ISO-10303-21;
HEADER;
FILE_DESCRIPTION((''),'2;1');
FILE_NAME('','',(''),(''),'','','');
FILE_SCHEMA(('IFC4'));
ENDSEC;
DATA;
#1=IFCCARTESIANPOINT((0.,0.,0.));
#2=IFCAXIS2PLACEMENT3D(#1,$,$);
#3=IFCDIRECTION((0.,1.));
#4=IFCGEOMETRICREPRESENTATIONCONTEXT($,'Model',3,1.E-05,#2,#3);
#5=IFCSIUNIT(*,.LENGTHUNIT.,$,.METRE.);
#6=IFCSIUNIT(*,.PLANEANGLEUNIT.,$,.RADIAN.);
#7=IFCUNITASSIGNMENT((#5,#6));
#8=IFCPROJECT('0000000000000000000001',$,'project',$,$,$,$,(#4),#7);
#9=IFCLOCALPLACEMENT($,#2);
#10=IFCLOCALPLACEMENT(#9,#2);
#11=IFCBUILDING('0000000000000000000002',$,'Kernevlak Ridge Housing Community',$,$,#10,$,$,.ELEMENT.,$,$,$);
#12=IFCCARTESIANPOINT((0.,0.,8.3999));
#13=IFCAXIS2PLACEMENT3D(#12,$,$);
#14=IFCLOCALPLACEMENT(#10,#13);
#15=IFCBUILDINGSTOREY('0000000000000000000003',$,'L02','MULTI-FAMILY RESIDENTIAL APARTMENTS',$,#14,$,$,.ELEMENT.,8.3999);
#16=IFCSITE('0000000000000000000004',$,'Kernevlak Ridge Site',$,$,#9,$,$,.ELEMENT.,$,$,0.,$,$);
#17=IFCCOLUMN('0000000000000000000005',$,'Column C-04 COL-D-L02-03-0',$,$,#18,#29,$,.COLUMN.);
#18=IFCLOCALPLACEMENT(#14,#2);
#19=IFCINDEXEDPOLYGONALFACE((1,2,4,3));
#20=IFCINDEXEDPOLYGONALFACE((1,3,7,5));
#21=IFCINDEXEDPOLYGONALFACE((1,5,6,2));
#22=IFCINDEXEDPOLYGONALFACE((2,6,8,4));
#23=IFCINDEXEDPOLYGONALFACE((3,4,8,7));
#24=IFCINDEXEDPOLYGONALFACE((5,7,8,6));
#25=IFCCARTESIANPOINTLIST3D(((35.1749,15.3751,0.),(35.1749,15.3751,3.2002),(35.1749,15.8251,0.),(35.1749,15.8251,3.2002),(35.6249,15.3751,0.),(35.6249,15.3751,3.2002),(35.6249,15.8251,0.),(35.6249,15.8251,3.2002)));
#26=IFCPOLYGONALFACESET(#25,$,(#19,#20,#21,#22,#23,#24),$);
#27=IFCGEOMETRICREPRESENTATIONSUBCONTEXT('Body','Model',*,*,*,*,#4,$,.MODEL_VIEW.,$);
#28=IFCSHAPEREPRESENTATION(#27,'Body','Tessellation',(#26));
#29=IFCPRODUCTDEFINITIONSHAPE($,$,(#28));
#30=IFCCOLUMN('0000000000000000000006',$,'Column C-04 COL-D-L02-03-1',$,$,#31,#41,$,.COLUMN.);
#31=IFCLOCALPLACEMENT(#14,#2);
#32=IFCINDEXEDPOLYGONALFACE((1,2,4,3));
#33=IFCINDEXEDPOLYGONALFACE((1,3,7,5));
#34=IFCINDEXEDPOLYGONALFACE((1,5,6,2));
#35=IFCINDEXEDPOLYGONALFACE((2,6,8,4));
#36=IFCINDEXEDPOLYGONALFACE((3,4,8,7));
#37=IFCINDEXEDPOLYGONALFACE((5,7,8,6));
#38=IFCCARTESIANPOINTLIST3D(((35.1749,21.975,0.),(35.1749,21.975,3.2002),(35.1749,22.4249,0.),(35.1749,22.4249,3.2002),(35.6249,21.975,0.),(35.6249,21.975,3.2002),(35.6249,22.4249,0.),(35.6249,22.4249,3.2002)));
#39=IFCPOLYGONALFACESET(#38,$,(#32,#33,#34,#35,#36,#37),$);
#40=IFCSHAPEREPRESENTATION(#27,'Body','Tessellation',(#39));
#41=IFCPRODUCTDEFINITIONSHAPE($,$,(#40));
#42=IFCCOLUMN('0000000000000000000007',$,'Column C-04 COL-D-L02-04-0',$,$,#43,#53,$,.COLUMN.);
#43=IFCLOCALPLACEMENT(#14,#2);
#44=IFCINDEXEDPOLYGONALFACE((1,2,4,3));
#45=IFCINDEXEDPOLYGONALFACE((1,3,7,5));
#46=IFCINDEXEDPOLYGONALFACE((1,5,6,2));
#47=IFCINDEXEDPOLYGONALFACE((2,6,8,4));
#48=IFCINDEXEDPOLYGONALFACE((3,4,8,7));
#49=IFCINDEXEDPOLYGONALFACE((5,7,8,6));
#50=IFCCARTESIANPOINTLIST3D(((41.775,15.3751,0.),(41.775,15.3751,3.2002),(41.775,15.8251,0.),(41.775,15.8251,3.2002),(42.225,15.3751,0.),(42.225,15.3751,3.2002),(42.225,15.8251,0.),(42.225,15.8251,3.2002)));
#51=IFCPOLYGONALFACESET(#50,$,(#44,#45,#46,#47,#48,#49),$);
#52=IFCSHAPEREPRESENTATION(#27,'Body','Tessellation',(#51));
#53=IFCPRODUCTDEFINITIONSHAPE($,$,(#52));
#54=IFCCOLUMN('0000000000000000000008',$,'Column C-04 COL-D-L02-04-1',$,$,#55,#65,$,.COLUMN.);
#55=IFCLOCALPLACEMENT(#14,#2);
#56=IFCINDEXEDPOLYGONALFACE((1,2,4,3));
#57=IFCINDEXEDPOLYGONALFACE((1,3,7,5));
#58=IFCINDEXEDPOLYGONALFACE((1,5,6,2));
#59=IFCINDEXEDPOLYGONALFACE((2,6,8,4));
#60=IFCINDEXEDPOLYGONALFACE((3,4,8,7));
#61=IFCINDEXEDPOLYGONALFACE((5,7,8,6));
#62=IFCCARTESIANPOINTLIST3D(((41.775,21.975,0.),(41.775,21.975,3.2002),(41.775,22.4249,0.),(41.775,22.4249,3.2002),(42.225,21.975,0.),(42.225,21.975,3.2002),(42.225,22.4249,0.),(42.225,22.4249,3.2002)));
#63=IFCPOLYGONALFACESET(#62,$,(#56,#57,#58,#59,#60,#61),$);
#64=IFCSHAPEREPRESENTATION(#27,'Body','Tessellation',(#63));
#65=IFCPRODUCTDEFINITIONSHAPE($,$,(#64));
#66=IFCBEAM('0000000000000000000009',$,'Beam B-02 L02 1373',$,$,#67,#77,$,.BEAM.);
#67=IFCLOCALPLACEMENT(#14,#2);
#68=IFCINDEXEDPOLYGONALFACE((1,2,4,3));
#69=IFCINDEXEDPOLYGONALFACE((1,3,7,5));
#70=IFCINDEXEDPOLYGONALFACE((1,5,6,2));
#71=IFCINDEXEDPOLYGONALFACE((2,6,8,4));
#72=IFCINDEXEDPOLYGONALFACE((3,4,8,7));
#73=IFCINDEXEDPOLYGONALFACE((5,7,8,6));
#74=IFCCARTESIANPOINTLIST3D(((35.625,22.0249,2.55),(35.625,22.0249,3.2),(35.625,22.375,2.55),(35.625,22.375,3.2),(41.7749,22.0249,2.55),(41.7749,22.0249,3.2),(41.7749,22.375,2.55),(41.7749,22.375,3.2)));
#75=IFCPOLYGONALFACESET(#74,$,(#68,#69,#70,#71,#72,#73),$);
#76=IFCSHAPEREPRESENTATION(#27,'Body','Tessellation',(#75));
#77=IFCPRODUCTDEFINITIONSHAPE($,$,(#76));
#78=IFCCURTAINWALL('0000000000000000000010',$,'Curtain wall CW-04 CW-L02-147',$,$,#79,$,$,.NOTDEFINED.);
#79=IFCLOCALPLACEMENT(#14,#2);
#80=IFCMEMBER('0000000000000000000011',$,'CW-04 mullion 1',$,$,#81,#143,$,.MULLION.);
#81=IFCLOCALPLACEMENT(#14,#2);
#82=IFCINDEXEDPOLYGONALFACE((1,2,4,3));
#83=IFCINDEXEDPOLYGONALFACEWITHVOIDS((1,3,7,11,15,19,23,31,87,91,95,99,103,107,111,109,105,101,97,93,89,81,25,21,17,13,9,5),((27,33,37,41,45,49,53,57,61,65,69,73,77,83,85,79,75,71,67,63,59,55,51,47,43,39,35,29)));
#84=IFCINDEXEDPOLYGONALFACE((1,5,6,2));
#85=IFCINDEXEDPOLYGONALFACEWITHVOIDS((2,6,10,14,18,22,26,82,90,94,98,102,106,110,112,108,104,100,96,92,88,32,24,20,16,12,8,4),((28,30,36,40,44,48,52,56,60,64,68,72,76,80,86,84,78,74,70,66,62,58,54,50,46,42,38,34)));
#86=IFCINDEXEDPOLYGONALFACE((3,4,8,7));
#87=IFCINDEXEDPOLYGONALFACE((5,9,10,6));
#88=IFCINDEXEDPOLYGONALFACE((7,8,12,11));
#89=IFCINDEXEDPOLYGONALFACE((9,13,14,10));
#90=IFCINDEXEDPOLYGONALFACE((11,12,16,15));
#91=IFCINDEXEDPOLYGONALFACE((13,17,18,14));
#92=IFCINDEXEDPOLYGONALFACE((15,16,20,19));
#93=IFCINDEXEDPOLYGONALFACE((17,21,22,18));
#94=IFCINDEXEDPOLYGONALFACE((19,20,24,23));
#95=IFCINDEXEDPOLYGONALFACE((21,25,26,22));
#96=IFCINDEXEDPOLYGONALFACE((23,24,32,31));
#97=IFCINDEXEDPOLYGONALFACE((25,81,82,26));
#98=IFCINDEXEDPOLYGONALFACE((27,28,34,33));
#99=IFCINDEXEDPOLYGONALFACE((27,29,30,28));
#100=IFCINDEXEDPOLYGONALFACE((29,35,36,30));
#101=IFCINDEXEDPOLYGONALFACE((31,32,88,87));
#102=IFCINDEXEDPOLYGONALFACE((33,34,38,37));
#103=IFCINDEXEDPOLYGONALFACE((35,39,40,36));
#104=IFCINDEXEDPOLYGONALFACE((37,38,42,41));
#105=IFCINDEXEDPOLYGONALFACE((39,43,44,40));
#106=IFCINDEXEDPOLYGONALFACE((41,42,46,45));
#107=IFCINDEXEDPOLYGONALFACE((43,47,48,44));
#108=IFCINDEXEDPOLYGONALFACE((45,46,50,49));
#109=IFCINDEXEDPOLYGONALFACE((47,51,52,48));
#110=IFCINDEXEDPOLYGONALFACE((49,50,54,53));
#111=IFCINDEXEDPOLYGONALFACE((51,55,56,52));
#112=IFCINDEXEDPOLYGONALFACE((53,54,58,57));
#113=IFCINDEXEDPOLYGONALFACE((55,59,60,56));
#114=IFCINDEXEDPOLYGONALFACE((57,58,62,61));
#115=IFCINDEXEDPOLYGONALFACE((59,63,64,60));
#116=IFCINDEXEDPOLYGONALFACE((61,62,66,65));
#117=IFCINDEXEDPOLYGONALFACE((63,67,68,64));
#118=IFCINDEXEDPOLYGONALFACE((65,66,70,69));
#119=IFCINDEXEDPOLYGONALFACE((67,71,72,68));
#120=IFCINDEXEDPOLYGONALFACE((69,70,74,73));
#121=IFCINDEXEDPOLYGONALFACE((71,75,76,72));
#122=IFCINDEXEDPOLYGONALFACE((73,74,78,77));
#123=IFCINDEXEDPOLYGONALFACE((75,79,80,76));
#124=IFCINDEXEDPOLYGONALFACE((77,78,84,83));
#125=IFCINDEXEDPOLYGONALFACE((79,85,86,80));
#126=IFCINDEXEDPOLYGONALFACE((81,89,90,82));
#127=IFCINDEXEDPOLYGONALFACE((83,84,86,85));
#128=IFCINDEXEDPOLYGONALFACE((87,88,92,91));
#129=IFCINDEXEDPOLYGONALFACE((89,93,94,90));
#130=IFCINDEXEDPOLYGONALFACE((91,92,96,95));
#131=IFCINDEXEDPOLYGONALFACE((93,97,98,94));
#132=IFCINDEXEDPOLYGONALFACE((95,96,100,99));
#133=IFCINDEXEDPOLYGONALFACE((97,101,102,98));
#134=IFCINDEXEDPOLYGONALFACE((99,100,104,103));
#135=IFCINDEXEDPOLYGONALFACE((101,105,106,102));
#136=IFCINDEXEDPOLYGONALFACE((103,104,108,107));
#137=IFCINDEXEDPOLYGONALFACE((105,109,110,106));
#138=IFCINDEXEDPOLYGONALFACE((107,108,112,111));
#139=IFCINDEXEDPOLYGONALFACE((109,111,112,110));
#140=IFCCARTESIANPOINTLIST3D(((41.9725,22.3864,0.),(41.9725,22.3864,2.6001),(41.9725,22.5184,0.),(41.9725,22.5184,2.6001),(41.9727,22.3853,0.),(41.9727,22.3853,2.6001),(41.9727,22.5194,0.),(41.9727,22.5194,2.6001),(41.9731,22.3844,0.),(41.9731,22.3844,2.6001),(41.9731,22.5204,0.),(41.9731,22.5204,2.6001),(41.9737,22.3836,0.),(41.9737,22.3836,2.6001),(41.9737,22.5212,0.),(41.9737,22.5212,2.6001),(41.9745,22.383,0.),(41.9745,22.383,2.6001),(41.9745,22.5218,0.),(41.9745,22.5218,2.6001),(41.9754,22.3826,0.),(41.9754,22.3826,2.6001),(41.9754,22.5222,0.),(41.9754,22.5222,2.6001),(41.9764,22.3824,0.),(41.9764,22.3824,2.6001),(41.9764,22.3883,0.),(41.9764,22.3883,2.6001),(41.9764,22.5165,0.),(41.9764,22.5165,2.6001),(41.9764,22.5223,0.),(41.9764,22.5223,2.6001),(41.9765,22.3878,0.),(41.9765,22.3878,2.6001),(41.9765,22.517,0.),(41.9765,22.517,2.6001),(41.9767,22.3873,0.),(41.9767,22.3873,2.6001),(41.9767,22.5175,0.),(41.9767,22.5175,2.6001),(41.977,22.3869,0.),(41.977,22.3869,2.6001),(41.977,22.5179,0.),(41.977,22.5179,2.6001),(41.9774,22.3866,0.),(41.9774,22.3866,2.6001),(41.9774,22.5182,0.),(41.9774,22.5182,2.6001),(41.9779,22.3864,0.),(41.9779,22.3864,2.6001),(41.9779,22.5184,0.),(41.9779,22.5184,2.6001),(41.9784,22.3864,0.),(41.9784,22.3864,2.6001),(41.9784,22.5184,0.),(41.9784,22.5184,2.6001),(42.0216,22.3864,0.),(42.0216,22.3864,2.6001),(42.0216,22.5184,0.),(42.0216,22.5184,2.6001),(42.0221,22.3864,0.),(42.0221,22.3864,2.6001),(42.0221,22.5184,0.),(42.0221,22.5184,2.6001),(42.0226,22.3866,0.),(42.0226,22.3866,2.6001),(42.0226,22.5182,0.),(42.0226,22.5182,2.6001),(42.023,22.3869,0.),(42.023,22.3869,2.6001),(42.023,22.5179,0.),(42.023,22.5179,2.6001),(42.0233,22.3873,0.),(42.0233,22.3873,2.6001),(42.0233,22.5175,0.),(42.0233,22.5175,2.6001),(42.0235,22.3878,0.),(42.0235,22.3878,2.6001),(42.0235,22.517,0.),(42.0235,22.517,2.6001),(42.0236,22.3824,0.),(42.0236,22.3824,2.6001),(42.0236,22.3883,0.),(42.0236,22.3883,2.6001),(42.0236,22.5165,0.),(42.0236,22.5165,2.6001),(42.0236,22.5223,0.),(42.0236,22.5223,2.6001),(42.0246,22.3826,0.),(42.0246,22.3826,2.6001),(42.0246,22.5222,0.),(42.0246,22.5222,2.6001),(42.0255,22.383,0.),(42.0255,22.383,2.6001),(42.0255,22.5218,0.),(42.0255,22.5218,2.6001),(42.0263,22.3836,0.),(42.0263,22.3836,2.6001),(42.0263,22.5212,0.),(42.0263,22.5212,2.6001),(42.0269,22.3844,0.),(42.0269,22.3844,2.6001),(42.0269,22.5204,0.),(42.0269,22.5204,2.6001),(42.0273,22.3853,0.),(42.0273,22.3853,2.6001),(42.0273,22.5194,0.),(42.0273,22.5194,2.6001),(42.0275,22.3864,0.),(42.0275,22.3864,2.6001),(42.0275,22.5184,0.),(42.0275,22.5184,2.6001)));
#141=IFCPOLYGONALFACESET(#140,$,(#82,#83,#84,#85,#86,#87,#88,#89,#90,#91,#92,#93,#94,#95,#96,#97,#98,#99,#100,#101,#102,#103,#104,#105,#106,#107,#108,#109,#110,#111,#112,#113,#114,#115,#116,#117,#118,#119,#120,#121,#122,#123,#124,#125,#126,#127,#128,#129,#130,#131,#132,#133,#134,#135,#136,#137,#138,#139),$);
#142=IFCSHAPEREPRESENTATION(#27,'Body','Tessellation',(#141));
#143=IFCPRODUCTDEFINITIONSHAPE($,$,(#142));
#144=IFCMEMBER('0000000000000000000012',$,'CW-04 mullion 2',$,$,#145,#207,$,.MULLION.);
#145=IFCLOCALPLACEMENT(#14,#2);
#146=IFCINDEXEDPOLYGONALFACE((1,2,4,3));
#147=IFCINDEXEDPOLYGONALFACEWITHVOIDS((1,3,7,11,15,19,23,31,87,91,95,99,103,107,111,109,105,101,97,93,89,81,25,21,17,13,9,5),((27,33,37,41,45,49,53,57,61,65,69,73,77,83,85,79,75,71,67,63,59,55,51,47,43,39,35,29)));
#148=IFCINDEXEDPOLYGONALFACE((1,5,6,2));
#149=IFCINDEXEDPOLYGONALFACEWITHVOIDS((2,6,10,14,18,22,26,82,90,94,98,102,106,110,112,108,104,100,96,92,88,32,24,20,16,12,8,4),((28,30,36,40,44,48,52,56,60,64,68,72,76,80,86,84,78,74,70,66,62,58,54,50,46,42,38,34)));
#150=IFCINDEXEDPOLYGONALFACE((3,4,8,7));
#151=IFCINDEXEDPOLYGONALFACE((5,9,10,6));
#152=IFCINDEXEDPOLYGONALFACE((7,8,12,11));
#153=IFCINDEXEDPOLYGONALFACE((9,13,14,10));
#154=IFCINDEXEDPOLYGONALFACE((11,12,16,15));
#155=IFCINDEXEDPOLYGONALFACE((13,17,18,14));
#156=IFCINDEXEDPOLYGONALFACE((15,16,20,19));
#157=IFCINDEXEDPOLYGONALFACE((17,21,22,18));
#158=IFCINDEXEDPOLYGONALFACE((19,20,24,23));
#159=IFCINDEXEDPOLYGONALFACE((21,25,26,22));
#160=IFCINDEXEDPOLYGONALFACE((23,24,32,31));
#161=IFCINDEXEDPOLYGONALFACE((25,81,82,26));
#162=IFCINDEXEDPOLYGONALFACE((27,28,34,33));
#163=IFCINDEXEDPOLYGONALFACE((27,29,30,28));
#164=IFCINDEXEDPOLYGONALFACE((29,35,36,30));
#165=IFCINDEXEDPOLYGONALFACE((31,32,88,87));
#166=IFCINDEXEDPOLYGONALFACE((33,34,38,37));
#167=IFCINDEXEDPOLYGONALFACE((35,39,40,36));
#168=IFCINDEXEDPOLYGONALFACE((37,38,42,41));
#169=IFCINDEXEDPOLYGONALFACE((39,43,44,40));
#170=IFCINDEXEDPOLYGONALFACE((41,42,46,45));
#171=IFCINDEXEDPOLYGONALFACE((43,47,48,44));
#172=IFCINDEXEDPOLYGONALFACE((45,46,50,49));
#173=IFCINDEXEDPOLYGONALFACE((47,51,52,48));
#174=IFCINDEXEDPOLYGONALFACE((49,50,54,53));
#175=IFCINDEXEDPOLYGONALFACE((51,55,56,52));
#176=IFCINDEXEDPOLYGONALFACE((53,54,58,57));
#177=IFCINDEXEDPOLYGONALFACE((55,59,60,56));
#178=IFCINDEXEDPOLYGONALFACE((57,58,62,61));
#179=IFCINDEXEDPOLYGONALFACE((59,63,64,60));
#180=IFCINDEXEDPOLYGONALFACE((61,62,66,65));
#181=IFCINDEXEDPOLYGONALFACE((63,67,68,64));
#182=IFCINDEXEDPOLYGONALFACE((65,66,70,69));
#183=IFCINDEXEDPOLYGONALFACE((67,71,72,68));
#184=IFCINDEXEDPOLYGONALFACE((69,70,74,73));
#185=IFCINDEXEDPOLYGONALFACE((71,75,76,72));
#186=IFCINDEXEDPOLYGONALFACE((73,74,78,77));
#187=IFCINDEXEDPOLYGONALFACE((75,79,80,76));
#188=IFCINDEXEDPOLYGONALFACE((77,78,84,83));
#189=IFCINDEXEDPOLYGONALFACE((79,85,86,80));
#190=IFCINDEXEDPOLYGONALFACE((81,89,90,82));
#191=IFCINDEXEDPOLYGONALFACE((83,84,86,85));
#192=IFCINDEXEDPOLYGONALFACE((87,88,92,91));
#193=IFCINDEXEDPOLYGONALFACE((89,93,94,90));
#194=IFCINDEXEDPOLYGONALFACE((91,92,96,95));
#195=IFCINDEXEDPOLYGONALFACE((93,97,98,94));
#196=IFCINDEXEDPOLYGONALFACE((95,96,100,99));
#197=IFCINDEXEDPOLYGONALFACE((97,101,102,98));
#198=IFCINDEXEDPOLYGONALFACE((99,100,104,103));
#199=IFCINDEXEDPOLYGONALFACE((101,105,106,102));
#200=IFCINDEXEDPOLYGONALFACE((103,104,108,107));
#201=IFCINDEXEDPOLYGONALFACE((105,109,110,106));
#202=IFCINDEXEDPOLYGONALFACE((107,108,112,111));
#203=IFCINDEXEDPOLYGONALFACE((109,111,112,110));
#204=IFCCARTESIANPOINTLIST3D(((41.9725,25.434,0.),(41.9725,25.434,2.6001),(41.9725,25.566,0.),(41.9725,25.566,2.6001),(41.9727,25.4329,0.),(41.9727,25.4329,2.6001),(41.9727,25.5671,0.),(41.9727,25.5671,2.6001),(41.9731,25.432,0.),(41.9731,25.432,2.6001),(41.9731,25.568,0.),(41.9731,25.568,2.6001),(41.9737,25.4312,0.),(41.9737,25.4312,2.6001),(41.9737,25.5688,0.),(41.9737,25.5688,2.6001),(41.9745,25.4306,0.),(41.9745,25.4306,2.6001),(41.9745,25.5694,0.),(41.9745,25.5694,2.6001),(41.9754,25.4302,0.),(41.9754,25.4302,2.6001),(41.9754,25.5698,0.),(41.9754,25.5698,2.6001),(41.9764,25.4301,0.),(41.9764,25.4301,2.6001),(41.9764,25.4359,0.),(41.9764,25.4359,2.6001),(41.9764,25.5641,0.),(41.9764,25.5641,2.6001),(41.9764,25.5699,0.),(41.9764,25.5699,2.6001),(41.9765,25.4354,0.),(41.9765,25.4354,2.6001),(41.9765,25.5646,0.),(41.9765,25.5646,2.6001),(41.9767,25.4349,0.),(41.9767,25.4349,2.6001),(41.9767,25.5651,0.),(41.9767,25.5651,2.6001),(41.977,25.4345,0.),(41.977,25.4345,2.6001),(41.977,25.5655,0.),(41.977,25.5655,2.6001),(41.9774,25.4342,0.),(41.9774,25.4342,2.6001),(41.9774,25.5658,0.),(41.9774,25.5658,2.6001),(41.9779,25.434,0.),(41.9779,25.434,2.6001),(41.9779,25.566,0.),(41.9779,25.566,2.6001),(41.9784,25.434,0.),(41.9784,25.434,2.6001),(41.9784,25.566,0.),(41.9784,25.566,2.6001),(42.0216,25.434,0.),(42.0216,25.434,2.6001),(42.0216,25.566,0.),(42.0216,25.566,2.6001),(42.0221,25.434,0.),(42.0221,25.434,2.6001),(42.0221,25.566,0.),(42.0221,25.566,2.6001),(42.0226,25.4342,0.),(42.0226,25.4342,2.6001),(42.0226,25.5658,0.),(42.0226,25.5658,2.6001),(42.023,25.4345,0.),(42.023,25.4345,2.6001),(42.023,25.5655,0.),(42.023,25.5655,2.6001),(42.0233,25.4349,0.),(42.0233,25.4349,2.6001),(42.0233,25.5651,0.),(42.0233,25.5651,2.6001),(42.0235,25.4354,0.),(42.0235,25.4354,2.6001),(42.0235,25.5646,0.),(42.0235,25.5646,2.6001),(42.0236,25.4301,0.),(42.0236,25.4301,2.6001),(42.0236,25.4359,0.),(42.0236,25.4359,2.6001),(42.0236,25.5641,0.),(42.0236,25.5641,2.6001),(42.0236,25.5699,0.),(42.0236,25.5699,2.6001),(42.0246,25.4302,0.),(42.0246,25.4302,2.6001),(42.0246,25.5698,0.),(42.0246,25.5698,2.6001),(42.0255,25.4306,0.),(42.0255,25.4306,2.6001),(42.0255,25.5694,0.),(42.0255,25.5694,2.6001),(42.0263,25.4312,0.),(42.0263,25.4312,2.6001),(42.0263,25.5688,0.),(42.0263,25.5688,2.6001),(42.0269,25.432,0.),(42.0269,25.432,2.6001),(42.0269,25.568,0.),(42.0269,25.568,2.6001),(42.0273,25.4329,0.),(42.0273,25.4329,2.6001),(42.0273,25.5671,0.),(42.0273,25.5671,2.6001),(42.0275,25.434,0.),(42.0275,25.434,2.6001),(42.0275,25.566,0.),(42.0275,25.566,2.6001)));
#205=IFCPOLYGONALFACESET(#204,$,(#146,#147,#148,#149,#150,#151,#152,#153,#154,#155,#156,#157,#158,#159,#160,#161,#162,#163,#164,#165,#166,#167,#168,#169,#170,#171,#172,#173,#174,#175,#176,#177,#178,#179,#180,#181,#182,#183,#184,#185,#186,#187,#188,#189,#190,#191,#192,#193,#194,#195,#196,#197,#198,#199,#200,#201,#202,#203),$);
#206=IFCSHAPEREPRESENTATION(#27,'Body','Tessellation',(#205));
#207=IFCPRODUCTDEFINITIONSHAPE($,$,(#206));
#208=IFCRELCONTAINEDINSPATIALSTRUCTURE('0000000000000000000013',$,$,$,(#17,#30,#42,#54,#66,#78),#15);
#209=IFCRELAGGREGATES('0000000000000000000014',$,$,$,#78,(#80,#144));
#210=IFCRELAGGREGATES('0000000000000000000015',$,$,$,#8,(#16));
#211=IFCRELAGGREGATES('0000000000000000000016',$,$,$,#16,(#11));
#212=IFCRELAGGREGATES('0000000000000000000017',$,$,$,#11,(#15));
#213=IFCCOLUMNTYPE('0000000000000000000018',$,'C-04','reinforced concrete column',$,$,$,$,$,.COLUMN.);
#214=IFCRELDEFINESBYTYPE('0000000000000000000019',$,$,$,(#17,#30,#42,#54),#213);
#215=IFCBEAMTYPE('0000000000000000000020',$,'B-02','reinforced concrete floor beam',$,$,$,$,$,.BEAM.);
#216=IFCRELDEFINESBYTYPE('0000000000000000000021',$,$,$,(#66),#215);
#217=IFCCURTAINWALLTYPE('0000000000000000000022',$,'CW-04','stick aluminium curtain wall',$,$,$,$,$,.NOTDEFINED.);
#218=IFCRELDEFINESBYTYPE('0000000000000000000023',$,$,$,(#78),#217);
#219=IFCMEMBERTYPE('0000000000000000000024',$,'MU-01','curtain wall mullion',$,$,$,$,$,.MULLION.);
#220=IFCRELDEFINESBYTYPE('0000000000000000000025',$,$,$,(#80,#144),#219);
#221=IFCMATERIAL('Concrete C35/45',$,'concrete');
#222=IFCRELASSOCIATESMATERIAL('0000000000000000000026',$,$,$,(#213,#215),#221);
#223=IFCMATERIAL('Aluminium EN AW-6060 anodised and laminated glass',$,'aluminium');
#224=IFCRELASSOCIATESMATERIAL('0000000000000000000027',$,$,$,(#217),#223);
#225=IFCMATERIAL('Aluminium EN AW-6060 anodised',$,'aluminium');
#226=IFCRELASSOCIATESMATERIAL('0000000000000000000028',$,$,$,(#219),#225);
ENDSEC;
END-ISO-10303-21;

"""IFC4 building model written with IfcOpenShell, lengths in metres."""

from ifc_helpers import new_model, si_unit, direction, frame, origin, origin_2d, place, context, subcontext, project, spatial, rectangle, hollow_rectangle, extrude, material, material_profile, profile_set, type_object, element, aggregate, save


model = new_model("IFC4")

# Units and contexts
model_context = context("Model", 3, precision=1e-05, world=origin(), true_north=direction((0.0, 1.0)))
body_context = subcontext(model_context, "Body", "Model", "MODEL_VIEW")
ifc_project = project(units=[si_unit("LENGTHUNIT", "METRE"), si_unit("PLANEANGLEUNIT", "RADIAN")], contexts=[model_context])

# Site, building, storey
site_placement = place(None, origin())
site = spatial("IfcSite", under=ifc_project, at=site_placement, Name="Kernevlak Ridge Site", CompositionType="ELEMENT", RefElevation=0.0)
building_placement = place(site_placement, origin())
building = spatial("IfcBuilding", under=site, at=building_placement, Name="Kernevlak Ridge Housing Community", CompositionType="ELEMENT")
storey_placement = place(building_placement, frame((0.0, 0.0, 8.3999)))
storey = spatial("IfcBuildingStorey", under=building, at=storey_placement, Name="L02", Description="MULTI-FAMILY RESIDENTIAL APARTMENTS", CompositionType="ELEMENT", Elevation=8.3999)

# Columns
ifc_material_1 = material(Name="Concrete C35/45", Category="concrete")
ifc_material_profile_1 = material_profile(ifc_material_1, rectangle(XDim=0.45, YDim=0.45, at=origin_2d()), Name="RC 450x450")
ifc_profile_set_1 = profile_set([ifc_material_profile_1], Name="Concrete C35/45")
column_type = type_object("IfcColumnType", Name="C-04", Description="reinforced concrete column", PredefinedType="COLUMN", material=ifc_profile_set_1)
for number, where, z_axis, x_axis, name in (
    (1, (35.3999, 15.6001, 0.0), (0.0, 0.0, 1.0), (1.0, 0.0, 0.0), "Column C-04 COL-D-L02-03-0"),
    (2, (35.3999, 22.2, 0.0), (0.0, 0.0, 1.0), (1.0, 0.0, 0.0), "Column C-04 COL-D-L02-03-1"),
    (3, (42.0, 15.6001, 0.0), (0.0, 0.0, 1.0), (1.0, 0.0, 0.0), "Column C-04 COL-D-L02-04-0"),
    (4, (42.0, 22.2, 0.0), (0.0, 0.0, 1.0), (1.0, 0.0, 0.0), "Column C-04 COL-D-L02-04-1"),
):
    element("IfcColumn", number, at=place(storey_placement, frame(where, z_axis=z_axis, x_axis=x_axis)), inside=storey, type_object=column_type, Name=name, PredefinedType="COLUMN", context=body_context, shape_type="SweptSolid", body=[
        extrude(rectangle(XDim=0.45, YDim=0.45, at=origin_2d()), origin(), (0.0, 0.0, 1.0), 3.2002),
    ])

# Beam
ifc_material_profile_2 = material_profile(ifc_material_1, rectangle(XDim=0.3501, YDim=0.6499, at=origin_2d()), Name="RC 350x650")
ifc_profile_set_2 = profile_set([ifc_material_profile_2], Name="Concrete C35/45")
beam_type_1 = type_object("IfcBeamType", Name="B-02", Description="reinforced concrete floor beam", PredefinedType="BEAM", material=ifc_profile_set_2)
beam_1_placement = place(storey_placement, frame((35.625, 22.2, 2.875), z_axis=(1.0, 0.0, 0.0), x_axis=(0.0, 1.0, 0.0)))
element("IfcBeam", 5, at=beam_1_placement, inside=storey, type_object=beam_type_1, Name="Beam B-02 L02 1373", PredefinedType="BEAM", context=body_context, shape_type="SweptSolid", body=[
    extrude(rectangle(XDim=0.3501, YDim=0.6499, at=origin_2d()), origin(), (0.0, 0.0, 1.0), 6.1499),
])

# Curtain wall, members
ifc_material_2 = material(Name="Aluminium EN AW-6060 anodised and laminated glass", Category="aluminium")
curtain_wall_type = type_object("IfcCurtainWallType", Name="CW-04", Description="stick aluminium curtain wall", PredefinedType="NOTDEFINED", material=ifc_material_2)
curtain_wall_placement = place(storey_placement, origin())
curtain_wall = element("IfcCurtainWall", 6, at=curtain_wall_placement, inside=storey, type_object=curtain_wall_type, Name="Curtain wall CW-04 CW-L02-147", PredefinedType="NOTDEFINED")
ifc_material_3 = material(Name="Aluminium EN AW-6060 anodised", Category="aluminium")
ifc_material_profile_3 = material_profile(ifc_material_3, hollow_rectangle(XDim=0.0549, YDim=0.1399, WallThickness=0.0039, InnerFilletRadius=0.002, OuterFilletRadius=0.0039, at=origin_2d()), Name="ALU 55x140x4")
ifc_profile_set_3 = profile_set([ifc_material_profile_3], Name="Aluminium EN AW-6060 anodised")
member_type_1 = type_object("IfcMemberType", Name="MU-01", Description="curtain wall mullion", PredefinedType="MULLION", material=ifc_profile_set_3)
member_1_placement = place(storey_placement, frame((42.0, 22.4524, 0.0), z_axis=(0.0, 0.0, 1.0), x_axis=(-1.0, 0.0, 0.0)))
member_1 = element("IfcMember", 7, at=member_1_placement, type_object=member_type_1, Name="CW-04 mullion 1", PredefinedType="MULLION", context=body_context, shape_type="SweptSolid", body=[
    extrude(hollow_rectangle(XDim=0.0549, YDim=0.1399, WallThickness=0.0039, InnerFilletRadius=0.002, OuterFilletRadius=0.0039, at=origin_2d()), origin(), (0.0, 0.0, 1.0), 2.6001),
])
member_2_placement = place(storey_placement, frame((42.0, 25.5, 0.0), z_axis=(0.0, 0.0, 1.0), x_axis=(-1.0, 0.0, 0.0)))
member_2 = element("IfcMember", 8, at=member_2_placement, type_object=member_type_1, Name="CW-04 mullion 2", PredefinedType="MULLION", context=body_context, shape_type="SweptSolid", body=[
    extrude(hollow_rectangle(XDim=0.0549, YDim=0.1399, WallThickness=0.0039, InnerFilletRadius=0.002, OuterFilletRadius=0.0039, at=origin_2d()), origin(), (0.0, 0.0, 1.0), 2.6001),
])

aggregate(curtain_wall, [member_1, member_2])

save(model, "model.ifc")
